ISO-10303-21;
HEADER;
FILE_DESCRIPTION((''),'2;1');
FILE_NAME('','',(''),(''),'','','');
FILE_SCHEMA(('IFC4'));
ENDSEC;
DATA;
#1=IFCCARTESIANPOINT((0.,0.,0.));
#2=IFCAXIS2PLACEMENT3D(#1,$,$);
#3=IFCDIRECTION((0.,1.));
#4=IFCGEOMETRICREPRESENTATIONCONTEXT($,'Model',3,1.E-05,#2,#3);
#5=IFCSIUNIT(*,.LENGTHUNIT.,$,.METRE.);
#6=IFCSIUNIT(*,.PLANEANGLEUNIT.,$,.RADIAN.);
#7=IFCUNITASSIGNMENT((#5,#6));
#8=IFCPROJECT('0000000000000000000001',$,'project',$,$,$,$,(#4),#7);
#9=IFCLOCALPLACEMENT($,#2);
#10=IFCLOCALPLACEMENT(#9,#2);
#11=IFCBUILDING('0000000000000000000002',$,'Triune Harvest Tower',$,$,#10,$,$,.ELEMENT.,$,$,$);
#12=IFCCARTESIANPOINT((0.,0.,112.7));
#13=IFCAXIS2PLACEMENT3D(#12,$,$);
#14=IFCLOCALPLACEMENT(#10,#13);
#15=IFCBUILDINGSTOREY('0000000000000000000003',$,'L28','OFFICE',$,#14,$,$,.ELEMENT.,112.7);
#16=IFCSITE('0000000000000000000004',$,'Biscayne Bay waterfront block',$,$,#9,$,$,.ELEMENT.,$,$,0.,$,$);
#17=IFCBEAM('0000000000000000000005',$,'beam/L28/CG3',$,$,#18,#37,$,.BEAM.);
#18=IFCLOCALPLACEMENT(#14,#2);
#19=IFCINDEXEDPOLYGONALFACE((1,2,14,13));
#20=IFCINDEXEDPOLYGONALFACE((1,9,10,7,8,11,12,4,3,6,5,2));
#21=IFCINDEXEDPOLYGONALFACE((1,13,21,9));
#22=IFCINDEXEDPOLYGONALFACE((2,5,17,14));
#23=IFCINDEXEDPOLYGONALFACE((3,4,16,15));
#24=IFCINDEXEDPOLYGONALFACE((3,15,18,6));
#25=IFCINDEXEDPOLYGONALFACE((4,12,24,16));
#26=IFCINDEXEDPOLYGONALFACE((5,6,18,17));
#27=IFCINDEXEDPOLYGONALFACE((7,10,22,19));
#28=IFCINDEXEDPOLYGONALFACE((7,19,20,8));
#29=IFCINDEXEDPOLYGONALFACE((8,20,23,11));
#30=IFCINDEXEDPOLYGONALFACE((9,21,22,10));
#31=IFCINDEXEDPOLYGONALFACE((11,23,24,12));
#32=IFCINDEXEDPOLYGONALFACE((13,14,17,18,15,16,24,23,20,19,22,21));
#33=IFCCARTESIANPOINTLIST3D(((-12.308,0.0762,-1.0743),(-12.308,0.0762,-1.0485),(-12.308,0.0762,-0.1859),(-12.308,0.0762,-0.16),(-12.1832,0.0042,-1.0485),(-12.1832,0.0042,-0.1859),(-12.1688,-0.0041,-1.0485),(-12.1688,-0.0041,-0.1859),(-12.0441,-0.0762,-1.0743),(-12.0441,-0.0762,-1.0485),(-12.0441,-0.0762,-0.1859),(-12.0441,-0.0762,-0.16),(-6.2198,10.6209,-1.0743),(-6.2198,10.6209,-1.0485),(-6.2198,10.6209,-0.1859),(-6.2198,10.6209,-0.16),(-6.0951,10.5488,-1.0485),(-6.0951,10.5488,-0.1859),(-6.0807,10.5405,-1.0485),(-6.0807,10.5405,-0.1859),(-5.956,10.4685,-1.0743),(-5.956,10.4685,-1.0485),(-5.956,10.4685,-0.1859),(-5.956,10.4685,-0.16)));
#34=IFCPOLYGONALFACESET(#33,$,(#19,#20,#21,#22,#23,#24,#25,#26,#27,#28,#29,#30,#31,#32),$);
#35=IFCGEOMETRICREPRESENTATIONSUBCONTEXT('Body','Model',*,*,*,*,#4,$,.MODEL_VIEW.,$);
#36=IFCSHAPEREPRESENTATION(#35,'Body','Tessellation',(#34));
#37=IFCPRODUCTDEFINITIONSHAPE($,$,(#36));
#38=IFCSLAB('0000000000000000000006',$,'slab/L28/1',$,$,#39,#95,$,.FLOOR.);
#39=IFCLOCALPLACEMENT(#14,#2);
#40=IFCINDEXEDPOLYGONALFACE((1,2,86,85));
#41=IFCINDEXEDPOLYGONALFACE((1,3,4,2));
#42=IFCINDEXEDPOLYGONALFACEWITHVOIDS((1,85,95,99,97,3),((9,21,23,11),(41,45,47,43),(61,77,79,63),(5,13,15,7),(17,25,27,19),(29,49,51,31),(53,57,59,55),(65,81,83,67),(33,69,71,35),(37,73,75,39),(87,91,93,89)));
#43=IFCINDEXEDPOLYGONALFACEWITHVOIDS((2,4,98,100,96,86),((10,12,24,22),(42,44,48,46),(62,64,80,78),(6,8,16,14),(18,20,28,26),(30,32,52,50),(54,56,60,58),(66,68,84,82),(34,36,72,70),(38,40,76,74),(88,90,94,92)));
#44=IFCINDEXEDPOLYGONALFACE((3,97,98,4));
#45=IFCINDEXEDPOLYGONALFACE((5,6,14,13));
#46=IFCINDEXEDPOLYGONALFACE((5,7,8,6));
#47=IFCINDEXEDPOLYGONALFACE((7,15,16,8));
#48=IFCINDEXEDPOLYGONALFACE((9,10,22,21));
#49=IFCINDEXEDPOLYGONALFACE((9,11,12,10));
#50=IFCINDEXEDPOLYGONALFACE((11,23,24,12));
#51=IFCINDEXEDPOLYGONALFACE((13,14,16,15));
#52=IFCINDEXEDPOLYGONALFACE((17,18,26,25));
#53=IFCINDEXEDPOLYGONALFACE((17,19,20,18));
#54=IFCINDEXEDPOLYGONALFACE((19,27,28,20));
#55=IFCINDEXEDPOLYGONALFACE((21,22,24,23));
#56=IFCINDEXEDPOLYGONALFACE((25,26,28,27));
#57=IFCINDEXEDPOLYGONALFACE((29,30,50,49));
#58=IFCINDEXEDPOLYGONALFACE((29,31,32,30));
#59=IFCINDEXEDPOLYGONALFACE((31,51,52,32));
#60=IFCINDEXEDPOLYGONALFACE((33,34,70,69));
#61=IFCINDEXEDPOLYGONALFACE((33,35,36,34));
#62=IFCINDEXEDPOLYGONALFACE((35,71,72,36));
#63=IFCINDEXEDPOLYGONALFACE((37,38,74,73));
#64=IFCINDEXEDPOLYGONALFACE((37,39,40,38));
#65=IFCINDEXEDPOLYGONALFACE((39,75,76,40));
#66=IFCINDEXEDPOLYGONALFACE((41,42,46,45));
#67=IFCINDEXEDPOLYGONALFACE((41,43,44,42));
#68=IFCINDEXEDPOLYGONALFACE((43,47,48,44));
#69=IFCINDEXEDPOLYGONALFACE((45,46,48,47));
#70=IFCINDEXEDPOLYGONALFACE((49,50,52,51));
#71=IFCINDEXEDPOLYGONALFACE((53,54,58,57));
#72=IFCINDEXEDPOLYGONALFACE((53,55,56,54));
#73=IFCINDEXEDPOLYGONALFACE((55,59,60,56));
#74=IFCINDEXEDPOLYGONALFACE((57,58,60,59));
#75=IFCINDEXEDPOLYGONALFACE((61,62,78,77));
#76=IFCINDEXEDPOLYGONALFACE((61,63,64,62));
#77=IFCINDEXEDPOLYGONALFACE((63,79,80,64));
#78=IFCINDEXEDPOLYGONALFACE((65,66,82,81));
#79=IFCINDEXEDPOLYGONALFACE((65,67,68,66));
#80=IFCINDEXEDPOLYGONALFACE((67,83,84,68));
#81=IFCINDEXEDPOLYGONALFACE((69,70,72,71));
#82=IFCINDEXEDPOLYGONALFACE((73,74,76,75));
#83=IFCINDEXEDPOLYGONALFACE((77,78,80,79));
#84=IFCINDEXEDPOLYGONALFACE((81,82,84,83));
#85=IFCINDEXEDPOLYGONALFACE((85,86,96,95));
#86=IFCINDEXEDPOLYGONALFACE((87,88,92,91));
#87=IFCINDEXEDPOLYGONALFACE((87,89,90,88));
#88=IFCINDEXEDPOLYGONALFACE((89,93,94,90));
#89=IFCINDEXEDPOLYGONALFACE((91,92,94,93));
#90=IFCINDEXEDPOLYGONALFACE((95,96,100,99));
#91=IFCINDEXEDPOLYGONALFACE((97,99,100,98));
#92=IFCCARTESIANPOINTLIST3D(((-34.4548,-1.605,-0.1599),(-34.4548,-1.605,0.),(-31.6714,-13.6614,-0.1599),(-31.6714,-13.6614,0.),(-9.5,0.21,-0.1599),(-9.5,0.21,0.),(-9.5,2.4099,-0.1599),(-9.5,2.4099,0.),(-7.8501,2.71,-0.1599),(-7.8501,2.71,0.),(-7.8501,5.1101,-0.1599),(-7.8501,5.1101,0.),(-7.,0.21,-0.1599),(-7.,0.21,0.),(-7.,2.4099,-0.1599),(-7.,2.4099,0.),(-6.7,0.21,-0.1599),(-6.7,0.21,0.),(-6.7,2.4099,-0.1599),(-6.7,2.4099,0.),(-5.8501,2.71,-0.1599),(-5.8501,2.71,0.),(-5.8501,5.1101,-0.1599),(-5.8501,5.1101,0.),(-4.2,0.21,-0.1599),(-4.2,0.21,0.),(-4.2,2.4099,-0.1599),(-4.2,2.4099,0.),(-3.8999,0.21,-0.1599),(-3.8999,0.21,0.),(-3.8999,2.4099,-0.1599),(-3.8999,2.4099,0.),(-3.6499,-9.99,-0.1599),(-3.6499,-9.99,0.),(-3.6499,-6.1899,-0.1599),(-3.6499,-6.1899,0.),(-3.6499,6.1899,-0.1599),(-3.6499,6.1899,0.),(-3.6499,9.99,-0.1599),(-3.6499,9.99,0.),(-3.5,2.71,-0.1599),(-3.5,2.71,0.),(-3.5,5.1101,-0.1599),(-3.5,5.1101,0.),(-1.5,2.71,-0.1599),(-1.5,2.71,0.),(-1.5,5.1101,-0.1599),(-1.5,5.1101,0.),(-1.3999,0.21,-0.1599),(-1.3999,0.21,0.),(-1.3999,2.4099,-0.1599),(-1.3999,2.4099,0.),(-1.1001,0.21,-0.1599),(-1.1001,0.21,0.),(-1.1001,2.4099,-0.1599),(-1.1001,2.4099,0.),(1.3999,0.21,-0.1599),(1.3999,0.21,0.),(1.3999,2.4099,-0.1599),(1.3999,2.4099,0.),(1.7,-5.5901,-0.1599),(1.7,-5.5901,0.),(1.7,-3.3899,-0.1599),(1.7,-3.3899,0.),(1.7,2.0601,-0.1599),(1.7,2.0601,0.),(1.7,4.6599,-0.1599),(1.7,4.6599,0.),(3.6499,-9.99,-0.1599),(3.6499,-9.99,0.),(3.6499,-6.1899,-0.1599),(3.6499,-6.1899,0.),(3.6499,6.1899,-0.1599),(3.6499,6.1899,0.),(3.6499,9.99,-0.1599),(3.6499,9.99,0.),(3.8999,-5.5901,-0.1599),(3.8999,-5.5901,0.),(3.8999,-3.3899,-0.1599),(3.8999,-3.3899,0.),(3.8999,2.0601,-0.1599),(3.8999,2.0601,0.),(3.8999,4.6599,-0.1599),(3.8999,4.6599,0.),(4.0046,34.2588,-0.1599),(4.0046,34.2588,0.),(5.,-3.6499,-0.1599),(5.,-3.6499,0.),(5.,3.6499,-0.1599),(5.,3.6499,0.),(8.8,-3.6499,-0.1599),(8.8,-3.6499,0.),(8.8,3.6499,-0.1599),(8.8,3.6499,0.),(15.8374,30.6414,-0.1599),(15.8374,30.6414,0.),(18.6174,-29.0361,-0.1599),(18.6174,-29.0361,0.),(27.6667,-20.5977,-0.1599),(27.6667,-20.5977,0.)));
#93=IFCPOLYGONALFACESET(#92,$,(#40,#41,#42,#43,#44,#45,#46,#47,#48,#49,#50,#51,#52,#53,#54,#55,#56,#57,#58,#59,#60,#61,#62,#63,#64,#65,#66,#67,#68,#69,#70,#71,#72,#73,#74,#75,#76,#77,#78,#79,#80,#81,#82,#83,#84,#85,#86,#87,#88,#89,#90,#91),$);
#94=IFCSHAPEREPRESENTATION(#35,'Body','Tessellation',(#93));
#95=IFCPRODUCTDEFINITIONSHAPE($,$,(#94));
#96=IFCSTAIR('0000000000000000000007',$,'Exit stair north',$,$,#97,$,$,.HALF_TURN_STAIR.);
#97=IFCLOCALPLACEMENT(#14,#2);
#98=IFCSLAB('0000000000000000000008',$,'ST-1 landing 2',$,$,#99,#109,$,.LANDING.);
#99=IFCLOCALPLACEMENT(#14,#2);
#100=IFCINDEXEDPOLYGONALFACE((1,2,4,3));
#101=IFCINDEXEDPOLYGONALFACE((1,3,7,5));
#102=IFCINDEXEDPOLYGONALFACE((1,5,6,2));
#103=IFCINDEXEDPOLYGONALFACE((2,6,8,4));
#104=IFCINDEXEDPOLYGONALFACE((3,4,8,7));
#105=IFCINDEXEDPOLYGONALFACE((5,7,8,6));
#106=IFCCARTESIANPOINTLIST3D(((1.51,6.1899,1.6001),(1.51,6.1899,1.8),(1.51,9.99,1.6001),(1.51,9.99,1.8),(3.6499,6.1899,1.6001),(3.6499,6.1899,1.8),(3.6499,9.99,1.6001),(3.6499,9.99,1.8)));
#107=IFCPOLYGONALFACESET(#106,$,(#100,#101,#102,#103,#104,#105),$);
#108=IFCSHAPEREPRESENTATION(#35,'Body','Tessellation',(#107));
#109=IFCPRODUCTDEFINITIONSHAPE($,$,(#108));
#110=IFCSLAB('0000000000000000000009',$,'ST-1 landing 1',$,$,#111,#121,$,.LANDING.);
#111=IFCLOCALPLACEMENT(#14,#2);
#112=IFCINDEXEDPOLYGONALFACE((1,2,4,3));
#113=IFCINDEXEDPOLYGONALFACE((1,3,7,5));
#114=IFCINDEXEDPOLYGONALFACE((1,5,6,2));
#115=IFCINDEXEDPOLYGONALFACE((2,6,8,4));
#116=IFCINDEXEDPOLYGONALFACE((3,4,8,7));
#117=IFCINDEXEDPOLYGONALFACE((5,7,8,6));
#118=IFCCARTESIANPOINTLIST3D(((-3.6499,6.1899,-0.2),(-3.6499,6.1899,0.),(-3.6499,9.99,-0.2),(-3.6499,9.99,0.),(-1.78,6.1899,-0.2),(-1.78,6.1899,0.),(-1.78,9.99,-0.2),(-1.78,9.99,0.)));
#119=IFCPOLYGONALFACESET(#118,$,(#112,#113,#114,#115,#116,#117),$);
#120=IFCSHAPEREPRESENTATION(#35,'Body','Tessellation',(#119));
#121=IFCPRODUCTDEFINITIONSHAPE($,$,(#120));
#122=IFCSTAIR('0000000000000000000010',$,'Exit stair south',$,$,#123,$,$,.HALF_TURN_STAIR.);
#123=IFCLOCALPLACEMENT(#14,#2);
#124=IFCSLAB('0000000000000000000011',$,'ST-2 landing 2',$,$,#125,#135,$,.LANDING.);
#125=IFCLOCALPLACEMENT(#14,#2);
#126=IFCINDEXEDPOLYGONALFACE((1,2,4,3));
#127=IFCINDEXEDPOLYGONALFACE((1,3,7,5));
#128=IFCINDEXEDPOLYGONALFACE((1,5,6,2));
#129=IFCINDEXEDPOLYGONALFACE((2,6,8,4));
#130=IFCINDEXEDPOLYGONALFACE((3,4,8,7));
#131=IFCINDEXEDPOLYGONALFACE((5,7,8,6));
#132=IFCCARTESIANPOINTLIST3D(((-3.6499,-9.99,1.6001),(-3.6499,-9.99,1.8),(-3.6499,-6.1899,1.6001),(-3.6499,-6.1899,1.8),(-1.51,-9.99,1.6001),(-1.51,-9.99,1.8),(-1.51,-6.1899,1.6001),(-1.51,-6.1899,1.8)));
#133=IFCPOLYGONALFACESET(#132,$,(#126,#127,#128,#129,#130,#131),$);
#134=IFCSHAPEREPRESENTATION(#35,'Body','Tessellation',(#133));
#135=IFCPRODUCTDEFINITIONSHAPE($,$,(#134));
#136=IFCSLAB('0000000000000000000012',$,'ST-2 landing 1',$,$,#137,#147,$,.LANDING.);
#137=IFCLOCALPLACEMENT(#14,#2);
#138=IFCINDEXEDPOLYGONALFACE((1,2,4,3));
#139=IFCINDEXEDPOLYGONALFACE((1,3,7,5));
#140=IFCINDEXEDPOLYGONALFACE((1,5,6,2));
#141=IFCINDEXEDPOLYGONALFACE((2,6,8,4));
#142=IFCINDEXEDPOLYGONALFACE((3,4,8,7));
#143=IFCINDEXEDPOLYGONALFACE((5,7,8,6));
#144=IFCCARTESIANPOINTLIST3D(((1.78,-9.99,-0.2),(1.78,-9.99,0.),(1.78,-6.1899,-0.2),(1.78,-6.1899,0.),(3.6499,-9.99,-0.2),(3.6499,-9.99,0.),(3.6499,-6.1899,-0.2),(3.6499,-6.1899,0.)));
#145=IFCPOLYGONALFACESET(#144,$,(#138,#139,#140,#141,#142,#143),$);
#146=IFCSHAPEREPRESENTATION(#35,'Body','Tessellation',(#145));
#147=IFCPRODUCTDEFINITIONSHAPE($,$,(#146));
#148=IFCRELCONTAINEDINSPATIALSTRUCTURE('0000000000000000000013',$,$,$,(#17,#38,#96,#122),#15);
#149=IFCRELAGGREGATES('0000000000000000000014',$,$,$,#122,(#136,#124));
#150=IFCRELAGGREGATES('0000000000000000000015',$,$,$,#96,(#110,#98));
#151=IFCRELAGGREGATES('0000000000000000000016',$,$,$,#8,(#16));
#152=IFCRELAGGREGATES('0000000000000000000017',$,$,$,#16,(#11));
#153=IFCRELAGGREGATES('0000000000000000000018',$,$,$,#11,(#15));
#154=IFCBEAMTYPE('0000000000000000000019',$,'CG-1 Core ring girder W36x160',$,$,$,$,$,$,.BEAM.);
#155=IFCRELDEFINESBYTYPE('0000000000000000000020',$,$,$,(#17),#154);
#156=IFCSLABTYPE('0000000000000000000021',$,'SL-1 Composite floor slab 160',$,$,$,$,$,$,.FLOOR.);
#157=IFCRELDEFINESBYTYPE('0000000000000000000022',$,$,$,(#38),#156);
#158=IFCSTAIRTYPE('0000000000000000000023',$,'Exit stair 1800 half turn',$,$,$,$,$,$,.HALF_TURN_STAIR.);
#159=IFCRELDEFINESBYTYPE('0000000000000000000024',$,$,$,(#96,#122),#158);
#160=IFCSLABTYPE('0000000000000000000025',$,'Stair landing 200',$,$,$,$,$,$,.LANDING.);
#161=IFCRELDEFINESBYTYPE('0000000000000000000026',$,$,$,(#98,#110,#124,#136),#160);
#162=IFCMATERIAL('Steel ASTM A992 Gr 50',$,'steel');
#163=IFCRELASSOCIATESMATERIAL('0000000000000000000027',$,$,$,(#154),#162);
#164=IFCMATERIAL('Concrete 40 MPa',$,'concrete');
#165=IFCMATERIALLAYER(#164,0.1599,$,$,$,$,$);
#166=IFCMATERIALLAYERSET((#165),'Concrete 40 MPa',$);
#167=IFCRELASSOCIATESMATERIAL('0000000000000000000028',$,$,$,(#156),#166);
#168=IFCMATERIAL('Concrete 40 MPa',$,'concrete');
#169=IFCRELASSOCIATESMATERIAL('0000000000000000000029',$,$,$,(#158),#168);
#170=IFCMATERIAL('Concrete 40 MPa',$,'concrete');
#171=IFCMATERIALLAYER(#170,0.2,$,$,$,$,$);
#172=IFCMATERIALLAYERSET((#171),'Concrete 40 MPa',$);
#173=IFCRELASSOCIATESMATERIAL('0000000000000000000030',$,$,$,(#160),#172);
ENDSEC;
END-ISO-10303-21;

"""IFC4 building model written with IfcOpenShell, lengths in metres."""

from ifc_helpers import new_model, si_unit, direction, frame, origin, origin_2d, place, context, subcontext, project, spatial, polyline, i_section, outline, extrude, source, transform, mapped, material, layer, layer_set, material_profile, profile_set, type_object, element, aggregate, save


model = new_model("IFC4")

# Units and contexts
model_context = context("Model", 3, precision=1e-05, world=origin(), true_north=direction((0.0, 1.0)))
body_context = subcontext(model_context, "Body", "Model", "MODEL_VIEW")
ifc_project = project(units=[si_unit("LENGTHUNIT", "METRE"), si_unit("PLANEANGLEUNIT", "RADIAN")], contexts=[model_context])

# Site, building, storey
site_placement = place(None, origin())
site = spatial("IfcSite", under=ifc_project, at=site_placement, Name="Biscayne Bay waterfront block", CompositionType="ELEMENT", RefElevation=0.0)
building_placement = place(site_placement, origin())
building = spatial("IfcBuilding", under=site, at=building_placement, Name="Triune Harvest Tower", CompositionType="ELEMENT")
storey_placement = place(building_placement, frame((0.0, 0.0, 112.7)))
storey = spatial("IfcBuildingStorey", under=building, at=storey_placement, Name="L28", Description="OFFICE", CompositionType="ELEMENT", Elevation=112.7)

# Beam
ifc_material_1 = material(Name="Steel ASTM A992 Gr 50", Category="steel")
ifc_material_profile = material_profile(ifc_material_1, i_section(OverallWidth=0.3047, OverallDepth=0.9143, WebThickness=0.0166, FlangeThickness=0.0259, at=origin_2d()), Name="W36x160")
ifc_profile_set = profile_set([ifc_material_profile], Name="Steel ASTM A992 Gr 50")
beam_type = type_object("IfcBeamType", Name="CG-1 Core ring girder W36x160", PredefinedType="BEAM", material=ifc_profile_set)
shared_shape_1 = source(origin(), body_context, "Body", "SweptSolid", [
    extrude(i_section(OverallWidth=0.3047, OverallDepth=0.9143, WebThickness=0.0166, FlangeThickness=0.0259, at=origin_2d()), origin(), (0.0, 0.0, 1.0), 12.176),
])
beam_placement = place(storey_placement, frame((-6.0879, 10.5447, -0.6172), z_axis=(-0.50001, -0.86602, 0.0), x_axis=(0.86602, -0.50001, 0.0)))
element("IfcBeam", 1, at=beam_placement, inside=storey, type_object=beam_type, Name="beam/L28/CG3", PredefinedType="BEAM", context=body_context, shape_type="MappedRepresentation", body=[
    mapped(shared_shape_1, transform((0.0, 0.0, 0.0), scale=1.0)),
])

# Slab
ifc_material_2 = material(Name="Concrete 40 MPa", Category="concrete")
ifc_layer_1 = layer(ifc_material_2, 0.1599)
ifc_layer_set_1 = layer_set([ifc_layer_1], Name="Concrete 40 MPa")
slab_type_1 = type_object("IfcSlabType", Name="SL-1 Composite floor slab 160", PredefinedType="FLOOR", material=ifc_layer_set_1)
shared_shape_2 = source(origin(), body_context, "Body", "SweptSolid", [
    extrude(outline(polyline([(27.6667, -20.5977), (15.8374, 30.6414), (4.0046, 34.2588), (-34.4548, -1.605), (-31.6714, -13.6614), (18.6174, -29.0361), (27.6667, -20.5977)]), holes=[polyline([(-7.0, 0.21), (-7.0, 2.4099), (-9.5, 2.4099), (-9.5, 0.21), (-7.0, 0.21)]), polyline([(-4.2, 0.21), (-4.2, 2.4099), (-6.7, 2.4099), (-6.7, 0.21), (-4.2, 0.21)]), polyline([(-1.3999, 0.21), (-1.3999, 2.4099), (-3.8999, 2.4099), (-3.8999, 0.21), (-1.3999, 0.21)]), polyline([(1.3999, 0.21), (1.3999, 2.4099), (-1.1001, 2.4099), (-1.1001, 0.21), (1.3999, 0.21)]), polyline([(3.8999, 2.0601), (3.8999, 4.6599), (1.7, 4.6599), (1.7, 2.0601), (3.8999, 2.0601)]), polyline([(3.8999, -5.5901), (3.8999, -3.3899), (1.7, -3.3899), (1.7, -5.5901), (3.8999, -5.5901)]), polyline([(-5.8501, 2.71), (-5.8501, 5.1101), (-7.8501, 5.1101), (-7.8501, 2.71), (-5.8501, 2.71)]), polyline([(-1.5, 2.71), (-1.5, 5.1101), (-3.5, 5.1101), (-3.5, 2.71), (-1.5, 2.71)]), polyline([(3.6499, 6.1899), (3.6499, 9.99), (-3.6499, 9.99), (-3.6499, 6.1899), (3.6499, 6.1899)]), polyline([(3.6499, -9.99), (3.6499, -6.1899), (-3.6499, -6.1899), (-3.6499, -9.99), (3.6499, -9.99)]), polyline([(8.8, -3.6499), (8.8, 3.6499), (5.0, 3.6499), (5.0, -3.6499), (8.8, -3.6499)])]), origin(), (0.0, 0.0, 1.0), 0.1599),
])
slab_1_placement = place(storey_placement, frame((0.0, 0.0, -0.1599)))
element("IfcSlab", 2, at=slab_1_placement, inside=storey, type_object=slab_type_1, Name="slab/L28/1", PredefinedType="FLOOR", context=body_context, shape_type="MappedRepresentation", body=[
    mapped(shared_shape_2, transform((0.0, 0.0, 0.0), scale=1.0)),
])

# Stairs, slabs
ifc_material_3 = material(Name="Concrete 40 MPa", Category="concrete")
stair_type = type_object("IfcStairType", Name="Exit stair 1800 half turn", PredefinedType="HALF_TURN_STAIR", material=ifc_material_3)
stair_1_placement = place(storey_placement, origin())
stair_1 = element("IfcStair", 3, at=stair_1_placement, inside=storey, type_object=stair_type, Name="Exit stair north", PredefinedType="HALF_TURN_STAIR")
ifc_material_4 = material(Name="Concrete 40 MPa", Category="concrete")
ifc_layer_2 = layer(ifc_material_4, 0.2)
ifc_layer_set_2 = layer_set([ifc_layer_2], Name="Concrete 40 MPa")
slab_type_2 = type_object("IfcSlabType", Name="Stair landing 200", PredefinedType="LANDING", material=ifc_layer_set_2)
shared_shape_3 = source(origin(), body_context, "Body", "SweptSolid", [
    extrude(outline(polyline([(1.51, 6.1899), (3.6499, 6.1899), (3.6499, 9.99), (1.51, 9.99), (1.51, 6.1899)])), origin(), (0.0, 0.0, 1.0), 0.2),
])
slab_2_placement = place(storey_placement, frame((0.0, 0.0, 1.6001)))
slab_2 = element("IfcSlab", 4, at=slab_2_placement, type_object=slab_type_2, Name="ST-1 landing 2", PredefinedType="LANDING", context=body_context, shape_type="MappedRepresentation", body=[
    mapped(shared_shape_3, transform((0.0, 0.0, 0.0), scale=1.0)),
])
shared_shape_4 = source(origin(), body_context, "Body", "SweptSolid", [
    extrude(outline(polyline([(-3.6499, 6.1899), (-1.78, 6.1899), (-1.78, 9.99), (-3.6499, 9.99), (-3.6499, 6.1899)])), origin(), (0.0, 0.0, 1.0), 0.2),
])
slab_3_placement = place(storey_placement, frame((0.0, 0.0, -0.2)))
slab_3 = element("IfcSlab", 5, at=slab_3_placement, type_object=slab_type_2, Name="ST-1 landing 1", PredefinedType="LANDING", context=body_context, shape_type="MappedRepresentation", body=[
    mapped(shared_shape_4, transform((0.0, 0.0, 0.0), scale=1.0)),
])
stair_2_placement = place(storey_placement, origin())
stair_2 = element("IfcStair", 6, at=stair_2_placement, inside=storey, type_object=stair_type, Name="Exit stair south", PredefinedType="HALF_TURN_STAIR")
shared_shape_5 = source(origin(), body_context, "Body", "SweptSolid", [
    extrude(outline(polyline([(-1.51, -6.1899), (-3.6499, -6.1899), (-3.6499, -9.99), (-1.51, -9.99), (-1.51, -6.1899)])), origin(), (0.0, 0.0, 1.0), 0.2),
])
slab_4_placement = place(storey_placement, frame((0.0, 0.0, 1.6001)))
slab_4 = element("IfcSlab", 7, at=slab_4_placement, type_object=slab_type_2, Name="ST-2 landing 2", PredefinedType="LANDING", context=body_context, shape_type="MappedRepresentation", body=[
    mapped(shared_shape_5, transform((0.0, 0.0, 0.0), scale=1.0)),
])
shared_shape_6 = source(origin(), body_context, "Body", "SweptSolid", [
    extrude(outline(polyline([(3.6499, -6.1899), (1.78, -6.1899), (1.78, -9.99), (3.6499, -9.99), (3.6499, -6.1899)])), origin(), (0.0, 0.0, 1.0), 0.2),
])
slab_5_placement = place(storey_placement, frame((0.0, 0.0, -0.2)))
slab_5 = element("IfcSlab", 8, at=slab_5_placement, type_object=slab_type_2, Name="ST-2 landing 1", PredefinedType="LANDING", context=body_context, shape_type="MappedRepresentation", body=[
    mapped(shared_shape_6, transform((0.0, 0.0, 0.0), scale=1.0)),
])
aggregate(stair_2, [slab_5, slab_4])

aggregate(stair_1, [slab_3, slab_2])

save(model, "model.ifc")
